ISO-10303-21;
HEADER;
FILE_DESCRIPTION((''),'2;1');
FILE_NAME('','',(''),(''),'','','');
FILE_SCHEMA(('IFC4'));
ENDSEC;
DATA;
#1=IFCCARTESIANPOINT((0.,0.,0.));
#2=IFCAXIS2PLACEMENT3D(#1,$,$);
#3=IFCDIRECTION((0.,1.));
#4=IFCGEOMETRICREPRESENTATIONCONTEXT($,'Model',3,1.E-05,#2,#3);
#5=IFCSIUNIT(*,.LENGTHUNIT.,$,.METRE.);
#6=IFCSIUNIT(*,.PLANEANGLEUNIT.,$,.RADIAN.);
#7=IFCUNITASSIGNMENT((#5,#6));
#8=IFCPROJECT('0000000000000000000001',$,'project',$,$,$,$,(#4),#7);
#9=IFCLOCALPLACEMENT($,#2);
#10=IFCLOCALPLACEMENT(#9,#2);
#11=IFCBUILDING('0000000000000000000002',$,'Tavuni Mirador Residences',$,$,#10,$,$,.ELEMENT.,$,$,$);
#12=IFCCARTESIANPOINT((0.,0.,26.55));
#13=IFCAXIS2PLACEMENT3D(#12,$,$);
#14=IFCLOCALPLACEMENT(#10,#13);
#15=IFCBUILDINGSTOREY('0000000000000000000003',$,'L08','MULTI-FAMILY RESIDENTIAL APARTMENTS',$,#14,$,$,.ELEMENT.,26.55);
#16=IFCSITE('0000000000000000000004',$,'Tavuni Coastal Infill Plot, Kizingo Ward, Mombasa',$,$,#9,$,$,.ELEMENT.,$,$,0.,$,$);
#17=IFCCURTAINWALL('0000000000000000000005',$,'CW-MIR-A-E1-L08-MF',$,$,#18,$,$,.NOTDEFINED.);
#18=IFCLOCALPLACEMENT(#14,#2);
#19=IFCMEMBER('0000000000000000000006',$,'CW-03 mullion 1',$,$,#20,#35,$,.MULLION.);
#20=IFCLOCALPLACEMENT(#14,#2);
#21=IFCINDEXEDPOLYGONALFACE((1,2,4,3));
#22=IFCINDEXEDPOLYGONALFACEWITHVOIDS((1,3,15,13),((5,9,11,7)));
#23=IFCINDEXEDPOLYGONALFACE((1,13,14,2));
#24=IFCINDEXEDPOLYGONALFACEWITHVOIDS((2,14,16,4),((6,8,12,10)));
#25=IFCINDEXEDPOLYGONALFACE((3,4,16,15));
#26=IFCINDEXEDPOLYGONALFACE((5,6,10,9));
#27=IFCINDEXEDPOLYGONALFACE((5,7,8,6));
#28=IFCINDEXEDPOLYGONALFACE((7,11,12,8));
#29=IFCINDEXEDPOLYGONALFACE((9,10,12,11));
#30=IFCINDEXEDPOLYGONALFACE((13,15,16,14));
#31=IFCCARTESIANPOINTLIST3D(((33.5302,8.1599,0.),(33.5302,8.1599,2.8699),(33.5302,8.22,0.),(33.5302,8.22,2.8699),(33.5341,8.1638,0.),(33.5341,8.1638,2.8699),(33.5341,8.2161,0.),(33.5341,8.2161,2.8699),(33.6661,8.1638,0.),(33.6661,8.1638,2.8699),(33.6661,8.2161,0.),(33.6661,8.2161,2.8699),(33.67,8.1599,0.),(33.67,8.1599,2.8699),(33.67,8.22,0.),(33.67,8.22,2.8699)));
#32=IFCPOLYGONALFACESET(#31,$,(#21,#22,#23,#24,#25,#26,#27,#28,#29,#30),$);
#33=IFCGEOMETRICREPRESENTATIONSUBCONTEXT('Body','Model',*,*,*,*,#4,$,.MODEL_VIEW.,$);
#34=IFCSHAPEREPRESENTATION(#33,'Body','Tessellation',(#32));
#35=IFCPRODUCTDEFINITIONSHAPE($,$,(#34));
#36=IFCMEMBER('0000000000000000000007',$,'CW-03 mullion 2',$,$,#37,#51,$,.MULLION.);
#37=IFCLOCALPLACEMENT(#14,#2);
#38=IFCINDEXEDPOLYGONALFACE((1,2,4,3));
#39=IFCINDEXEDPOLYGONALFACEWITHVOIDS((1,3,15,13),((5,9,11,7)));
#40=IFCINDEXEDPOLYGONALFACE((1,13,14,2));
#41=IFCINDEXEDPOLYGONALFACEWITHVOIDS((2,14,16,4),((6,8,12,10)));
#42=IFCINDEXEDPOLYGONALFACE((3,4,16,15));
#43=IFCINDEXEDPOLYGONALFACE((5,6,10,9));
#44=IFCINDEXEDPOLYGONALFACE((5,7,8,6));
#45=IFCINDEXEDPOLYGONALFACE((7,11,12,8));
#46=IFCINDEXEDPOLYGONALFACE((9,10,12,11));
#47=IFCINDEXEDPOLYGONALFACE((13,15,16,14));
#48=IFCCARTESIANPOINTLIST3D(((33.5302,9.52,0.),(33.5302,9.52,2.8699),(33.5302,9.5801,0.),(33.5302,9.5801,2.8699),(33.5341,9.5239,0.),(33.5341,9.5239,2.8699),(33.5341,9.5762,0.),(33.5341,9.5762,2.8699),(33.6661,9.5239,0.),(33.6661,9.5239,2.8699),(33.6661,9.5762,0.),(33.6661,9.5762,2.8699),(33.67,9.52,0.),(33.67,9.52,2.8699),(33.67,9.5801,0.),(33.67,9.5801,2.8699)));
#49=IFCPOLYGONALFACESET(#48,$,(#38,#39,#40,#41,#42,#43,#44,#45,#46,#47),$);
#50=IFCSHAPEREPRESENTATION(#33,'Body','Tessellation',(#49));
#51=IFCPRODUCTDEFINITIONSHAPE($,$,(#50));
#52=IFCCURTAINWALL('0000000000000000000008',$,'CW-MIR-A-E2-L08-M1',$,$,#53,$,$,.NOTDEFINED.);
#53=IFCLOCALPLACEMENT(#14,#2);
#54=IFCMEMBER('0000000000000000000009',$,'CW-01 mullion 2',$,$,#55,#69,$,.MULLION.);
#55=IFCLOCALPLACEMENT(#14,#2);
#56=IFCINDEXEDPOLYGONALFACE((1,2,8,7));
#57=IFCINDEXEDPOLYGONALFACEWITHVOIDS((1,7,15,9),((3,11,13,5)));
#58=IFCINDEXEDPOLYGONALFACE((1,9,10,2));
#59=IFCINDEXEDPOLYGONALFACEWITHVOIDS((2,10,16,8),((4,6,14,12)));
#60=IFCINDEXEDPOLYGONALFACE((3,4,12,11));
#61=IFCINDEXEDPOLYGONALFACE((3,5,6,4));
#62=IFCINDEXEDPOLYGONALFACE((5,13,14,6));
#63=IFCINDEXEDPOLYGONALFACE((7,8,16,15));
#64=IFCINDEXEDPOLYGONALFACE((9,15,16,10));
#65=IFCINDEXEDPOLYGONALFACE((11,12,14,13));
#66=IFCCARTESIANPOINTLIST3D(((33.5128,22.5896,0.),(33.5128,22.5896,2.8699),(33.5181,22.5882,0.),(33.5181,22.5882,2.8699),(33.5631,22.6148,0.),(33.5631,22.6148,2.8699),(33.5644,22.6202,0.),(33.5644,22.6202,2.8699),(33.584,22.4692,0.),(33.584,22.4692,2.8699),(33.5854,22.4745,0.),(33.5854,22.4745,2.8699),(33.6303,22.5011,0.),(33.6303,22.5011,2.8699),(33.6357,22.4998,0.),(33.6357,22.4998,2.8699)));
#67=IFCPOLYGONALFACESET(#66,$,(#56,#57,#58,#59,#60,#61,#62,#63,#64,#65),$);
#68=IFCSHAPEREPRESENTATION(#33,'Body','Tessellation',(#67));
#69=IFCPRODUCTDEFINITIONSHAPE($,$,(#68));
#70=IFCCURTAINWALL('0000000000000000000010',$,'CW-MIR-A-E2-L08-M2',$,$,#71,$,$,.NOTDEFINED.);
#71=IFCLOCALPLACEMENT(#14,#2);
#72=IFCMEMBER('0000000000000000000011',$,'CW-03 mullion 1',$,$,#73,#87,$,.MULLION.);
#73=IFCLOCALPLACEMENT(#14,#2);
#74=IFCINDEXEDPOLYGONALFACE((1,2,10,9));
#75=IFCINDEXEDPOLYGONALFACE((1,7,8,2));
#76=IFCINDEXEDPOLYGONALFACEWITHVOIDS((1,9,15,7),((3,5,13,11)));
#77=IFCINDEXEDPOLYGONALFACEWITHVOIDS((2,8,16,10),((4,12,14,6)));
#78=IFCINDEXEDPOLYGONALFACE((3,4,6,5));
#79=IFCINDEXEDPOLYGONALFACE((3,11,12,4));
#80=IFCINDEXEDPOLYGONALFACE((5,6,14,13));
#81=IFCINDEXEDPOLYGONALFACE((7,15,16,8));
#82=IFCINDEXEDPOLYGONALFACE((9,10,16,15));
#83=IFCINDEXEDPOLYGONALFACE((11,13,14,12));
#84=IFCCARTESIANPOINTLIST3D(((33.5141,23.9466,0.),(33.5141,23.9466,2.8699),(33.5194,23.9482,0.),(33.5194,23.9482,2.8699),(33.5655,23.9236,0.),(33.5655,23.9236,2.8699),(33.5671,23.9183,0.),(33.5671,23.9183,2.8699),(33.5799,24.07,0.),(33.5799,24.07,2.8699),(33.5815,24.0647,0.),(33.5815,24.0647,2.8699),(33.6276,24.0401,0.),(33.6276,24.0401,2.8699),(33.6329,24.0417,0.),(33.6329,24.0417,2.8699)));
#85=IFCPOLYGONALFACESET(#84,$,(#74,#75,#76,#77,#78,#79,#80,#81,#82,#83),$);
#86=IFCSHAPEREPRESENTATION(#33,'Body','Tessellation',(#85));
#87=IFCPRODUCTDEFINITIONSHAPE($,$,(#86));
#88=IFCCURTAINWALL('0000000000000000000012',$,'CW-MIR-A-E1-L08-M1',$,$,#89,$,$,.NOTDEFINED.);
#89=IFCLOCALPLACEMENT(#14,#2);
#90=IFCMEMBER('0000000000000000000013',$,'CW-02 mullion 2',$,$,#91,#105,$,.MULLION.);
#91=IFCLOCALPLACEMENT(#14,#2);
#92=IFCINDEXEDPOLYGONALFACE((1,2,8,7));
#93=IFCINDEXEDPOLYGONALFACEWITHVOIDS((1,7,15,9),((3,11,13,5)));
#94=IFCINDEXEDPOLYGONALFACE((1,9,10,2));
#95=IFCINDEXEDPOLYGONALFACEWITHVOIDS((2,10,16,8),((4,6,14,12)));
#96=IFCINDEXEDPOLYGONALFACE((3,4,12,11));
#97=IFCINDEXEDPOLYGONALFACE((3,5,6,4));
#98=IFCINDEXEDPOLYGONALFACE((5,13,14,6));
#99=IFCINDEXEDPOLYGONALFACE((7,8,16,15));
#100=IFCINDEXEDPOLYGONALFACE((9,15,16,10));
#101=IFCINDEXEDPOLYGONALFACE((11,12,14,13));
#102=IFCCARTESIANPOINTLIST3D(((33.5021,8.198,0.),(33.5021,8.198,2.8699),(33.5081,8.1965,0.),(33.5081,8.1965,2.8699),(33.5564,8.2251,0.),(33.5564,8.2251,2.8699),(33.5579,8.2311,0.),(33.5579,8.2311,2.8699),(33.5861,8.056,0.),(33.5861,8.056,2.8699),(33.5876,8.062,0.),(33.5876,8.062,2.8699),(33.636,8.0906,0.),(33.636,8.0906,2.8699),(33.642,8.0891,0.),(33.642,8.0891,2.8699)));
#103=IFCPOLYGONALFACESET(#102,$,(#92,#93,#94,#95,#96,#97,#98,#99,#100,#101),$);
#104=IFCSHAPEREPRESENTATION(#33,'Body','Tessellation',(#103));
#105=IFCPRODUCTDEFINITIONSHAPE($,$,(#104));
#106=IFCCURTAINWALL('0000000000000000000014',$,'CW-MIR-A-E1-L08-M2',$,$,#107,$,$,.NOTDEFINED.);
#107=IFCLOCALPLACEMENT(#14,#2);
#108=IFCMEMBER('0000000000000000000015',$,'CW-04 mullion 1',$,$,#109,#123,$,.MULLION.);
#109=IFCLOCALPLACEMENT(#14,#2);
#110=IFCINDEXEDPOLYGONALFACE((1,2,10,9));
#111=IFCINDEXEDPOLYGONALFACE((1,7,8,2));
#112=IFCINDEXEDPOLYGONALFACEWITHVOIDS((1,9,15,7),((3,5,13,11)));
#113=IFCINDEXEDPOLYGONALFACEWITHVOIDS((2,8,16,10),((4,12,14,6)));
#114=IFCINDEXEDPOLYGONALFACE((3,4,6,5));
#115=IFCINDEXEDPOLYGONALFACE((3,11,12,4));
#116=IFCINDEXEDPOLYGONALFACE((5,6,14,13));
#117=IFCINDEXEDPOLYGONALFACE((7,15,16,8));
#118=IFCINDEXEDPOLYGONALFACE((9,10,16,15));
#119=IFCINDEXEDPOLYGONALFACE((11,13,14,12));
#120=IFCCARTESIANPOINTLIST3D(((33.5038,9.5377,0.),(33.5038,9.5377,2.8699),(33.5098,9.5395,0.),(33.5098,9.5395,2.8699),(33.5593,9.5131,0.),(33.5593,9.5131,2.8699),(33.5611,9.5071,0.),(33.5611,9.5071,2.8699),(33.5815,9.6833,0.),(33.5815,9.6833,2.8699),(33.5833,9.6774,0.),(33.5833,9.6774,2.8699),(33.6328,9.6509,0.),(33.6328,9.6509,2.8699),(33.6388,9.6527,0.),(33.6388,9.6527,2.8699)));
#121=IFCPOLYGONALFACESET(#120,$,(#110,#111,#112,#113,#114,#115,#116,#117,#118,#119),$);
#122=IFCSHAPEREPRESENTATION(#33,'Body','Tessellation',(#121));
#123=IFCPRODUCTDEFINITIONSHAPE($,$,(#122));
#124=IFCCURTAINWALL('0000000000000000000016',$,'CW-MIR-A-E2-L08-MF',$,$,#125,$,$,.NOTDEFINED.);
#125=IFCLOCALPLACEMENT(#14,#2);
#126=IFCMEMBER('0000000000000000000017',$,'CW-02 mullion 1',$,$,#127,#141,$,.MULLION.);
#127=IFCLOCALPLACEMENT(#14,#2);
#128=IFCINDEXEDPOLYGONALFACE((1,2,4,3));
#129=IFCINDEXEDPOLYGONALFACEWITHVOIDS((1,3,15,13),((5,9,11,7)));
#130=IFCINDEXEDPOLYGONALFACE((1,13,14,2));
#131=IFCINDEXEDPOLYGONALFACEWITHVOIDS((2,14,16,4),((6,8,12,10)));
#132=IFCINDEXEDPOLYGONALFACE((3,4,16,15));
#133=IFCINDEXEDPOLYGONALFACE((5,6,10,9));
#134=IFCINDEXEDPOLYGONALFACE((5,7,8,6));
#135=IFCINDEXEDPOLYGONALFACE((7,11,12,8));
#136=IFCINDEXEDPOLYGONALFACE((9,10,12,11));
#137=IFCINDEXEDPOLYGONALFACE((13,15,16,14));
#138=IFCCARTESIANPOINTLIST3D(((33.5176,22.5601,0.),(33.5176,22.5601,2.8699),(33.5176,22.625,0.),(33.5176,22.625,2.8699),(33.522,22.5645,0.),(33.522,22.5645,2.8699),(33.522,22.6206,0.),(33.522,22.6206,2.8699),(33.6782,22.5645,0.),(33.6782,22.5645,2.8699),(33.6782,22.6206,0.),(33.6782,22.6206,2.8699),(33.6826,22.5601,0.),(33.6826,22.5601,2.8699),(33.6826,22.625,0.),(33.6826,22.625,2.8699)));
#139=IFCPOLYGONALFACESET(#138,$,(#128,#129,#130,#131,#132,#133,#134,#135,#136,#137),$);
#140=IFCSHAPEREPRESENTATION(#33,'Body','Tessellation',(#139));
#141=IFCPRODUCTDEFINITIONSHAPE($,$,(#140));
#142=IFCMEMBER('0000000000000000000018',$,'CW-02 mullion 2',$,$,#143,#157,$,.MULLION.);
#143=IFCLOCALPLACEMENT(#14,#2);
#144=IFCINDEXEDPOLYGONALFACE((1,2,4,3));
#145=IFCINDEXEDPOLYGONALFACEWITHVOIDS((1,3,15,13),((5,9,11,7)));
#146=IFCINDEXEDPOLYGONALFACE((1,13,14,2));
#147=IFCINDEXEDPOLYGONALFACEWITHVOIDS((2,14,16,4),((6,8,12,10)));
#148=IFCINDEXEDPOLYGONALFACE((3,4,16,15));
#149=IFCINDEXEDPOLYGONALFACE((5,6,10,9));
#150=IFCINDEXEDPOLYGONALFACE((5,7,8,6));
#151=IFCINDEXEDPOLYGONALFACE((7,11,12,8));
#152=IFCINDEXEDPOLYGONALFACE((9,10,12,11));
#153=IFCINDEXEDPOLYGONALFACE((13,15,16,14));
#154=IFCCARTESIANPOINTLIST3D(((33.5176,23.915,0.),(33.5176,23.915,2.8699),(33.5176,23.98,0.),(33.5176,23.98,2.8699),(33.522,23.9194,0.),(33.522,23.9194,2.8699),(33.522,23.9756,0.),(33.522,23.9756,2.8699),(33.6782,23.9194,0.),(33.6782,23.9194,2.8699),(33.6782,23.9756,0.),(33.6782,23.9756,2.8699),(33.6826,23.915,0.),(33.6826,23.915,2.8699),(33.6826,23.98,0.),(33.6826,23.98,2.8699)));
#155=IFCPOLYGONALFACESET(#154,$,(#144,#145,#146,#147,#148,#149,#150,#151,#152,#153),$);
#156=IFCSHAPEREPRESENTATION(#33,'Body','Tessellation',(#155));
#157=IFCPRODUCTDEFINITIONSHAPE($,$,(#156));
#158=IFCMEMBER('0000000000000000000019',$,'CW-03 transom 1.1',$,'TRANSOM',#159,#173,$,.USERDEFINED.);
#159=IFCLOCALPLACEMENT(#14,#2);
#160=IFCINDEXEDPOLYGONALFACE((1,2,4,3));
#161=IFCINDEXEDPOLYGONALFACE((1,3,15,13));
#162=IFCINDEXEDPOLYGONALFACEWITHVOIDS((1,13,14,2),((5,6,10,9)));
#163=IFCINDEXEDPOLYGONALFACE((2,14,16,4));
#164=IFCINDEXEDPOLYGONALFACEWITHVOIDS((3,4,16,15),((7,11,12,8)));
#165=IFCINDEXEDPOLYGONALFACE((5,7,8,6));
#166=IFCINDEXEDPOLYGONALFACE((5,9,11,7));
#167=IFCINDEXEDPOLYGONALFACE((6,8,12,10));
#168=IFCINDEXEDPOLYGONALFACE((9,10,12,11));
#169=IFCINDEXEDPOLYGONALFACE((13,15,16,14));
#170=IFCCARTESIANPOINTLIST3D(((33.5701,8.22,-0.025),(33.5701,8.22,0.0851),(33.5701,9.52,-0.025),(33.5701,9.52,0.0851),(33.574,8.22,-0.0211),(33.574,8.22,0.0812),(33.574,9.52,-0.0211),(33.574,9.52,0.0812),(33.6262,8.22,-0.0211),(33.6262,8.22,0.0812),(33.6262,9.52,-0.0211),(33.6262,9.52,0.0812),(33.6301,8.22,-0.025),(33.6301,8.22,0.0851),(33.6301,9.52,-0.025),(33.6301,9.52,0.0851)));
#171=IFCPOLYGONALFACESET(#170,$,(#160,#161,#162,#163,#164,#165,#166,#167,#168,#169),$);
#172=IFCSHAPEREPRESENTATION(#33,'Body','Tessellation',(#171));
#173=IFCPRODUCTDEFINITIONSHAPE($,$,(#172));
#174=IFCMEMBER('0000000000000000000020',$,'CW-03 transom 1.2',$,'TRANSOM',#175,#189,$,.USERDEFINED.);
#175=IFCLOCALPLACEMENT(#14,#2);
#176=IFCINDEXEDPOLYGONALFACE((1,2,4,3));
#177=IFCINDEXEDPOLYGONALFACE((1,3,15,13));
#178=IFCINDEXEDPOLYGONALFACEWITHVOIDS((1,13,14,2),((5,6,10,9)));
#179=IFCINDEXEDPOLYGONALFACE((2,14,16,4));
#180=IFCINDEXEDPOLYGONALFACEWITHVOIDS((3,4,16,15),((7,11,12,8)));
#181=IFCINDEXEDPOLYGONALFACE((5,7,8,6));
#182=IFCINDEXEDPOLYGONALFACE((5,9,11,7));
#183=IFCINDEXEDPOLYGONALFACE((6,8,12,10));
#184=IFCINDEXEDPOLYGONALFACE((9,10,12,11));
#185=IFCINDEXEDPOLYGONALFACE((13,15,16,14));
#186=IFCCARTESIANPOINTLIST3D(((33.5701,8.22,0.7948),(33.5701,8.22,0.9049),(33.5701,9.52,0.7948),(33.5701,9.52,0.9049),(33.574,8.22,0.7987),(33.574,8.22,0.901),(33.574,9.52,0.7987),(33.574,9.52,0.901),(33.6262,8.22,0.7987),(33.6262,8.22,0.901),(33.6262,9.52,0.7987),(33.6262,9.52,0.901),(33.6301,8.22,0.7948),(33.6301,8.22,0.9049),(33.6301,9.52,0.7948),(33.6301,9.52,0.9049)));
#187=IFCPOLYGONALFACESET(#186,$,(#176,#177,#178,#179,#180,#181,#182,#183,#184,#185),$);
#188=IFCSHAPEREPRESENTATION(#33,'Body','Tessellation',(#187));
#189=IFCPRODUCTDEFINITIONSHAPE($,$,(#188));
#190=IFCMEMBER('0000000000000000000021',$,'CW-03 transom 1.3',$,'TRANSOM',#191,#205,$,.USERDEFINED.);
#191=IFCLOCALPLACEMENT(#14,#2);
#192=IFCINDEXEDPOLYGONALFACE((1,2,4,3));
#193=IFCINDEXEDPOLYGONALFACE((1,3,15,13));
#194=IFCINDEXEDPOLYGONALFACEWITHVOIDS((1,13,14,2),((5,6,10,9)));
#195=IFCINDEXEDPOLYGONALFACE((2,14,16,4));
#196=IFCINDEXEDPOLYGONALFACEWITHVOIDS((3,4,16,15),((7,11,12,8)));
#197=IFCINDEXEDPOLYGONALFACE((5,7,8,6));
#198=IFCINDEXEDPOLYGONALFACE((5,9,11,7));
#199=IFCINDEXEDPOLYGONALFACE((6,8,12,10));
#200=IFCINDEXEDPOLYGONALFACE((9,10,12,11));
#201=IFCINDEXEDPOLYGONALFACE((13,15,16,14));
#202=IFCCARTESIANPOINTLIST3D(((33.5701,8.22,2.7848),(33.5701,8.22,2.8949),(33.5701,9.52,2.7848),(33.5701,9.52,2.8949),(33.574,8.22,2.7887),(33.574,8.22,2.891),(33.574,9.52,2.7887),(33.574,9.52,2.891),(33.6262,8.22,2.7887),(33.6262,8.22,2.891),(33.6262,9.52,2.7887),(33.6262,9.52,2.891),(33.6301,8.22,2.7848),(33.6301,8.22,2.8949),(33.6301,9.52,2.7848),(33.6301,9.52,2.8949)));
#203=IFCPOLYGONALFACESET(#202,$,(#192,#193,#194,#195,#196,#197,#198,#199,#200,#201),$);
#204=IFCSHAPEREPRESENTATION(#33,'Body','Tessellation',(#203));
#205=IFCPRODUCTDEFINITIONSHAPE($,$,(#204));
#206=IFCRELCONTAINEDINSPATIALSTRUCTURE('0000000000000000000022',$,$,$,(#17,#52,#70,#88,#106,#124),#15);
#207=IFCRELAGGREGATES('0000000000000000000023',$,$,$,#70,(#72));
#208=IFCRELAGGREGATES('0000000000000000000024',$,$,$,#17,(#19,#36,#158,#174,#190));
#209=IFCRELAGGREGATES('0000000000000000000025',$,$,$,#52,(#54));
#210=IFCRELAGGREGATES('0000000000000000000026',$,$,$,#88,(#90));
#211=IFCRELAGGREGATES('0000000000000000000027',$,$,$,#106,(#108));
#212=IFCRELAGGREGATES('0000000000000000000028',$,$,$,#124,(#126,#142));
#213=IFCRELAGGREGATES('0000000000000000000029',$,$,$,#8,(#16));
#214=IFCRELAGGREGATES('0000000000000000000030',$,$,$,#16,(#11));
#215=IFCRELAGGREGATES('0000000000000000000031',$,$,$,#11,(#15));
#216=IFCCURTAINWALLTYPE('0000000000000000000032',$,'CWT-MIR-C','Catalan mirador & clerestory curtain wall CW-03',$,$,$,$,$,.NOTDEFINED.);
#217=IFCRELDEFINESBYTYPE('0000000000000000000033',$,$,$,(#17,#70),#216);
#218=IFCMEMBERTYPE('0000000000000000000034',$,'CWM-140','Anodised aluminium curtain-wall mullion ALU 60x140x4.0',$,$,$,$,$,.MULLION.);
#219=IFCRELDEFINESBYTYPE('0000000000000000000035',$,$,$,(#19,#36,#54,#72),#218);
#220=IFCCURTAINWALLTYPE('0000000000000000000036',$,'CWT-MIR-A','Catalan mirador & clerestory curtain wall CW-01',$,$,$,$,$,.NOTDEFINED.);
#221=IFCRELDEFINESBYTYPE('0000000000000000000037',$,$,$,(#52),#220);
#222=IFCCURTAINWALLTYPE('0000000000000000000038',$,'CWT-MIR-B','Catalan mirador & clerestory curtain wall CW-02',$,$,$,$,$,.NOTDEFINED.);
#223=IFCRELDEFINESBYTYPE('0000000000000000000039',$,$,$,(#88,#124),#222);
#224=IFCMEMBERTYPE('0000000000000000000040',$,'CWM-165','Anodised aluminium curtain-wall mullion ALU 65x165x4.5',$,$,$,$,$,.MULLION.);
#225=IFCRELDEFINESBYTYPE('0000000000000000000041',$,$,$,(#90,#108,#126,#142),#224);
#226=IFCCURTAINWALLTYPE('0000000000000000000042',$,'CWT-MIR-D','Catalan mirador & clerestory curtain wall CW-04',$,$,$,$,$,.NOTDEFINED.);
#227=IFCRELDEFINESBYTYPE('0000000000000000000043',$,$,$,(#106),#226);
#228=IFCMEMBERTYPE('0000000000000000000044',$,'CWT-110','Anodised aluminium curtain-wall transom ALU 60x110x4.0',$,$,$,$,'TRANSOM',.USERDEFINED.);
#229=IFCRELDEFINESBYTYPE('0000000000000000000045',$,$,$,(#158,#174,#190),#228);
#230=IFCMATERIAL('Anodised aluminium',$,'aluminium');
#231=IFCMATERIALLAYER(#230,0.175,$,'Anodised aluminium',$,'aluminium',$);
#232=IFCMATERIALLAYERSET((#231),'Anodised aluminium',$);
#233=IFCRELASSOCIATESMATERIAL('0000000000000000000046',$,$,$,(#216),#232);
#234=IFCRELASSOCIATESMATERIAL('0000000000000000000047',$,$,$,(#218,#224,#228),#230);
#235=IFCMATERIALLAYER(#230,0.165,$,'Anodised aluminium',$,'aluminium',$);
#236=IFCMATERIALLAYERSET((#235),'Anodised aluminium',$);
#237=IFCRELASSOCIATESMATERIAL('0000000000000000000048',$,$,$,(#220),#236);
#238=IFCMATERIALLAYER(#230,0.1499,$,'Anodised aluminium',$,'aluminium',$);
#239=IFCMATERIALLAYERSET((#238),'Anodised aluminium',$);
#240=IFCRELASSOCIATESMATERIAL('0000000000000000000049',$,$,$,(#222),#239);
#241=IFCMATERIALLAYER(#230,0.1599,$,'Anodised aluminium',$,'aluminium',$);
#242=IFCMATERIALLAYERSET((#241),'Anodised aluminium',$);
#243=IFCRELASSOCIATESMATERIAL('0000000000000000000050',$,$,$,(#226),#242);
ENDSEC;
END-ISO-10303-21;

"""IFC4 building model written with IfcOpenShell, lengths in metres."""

from ifc_helpers import new_model, si_unit, direction, frame, origin, origin_2d, place, context, subcontext, project, spatial, hollow_rectangle, extrude, material, layer, layer_set, material_profile, profile_set, type_object, element, aggregate, save


model = new_model("IFC4")

# Units and contexts
model_context = context("Model", 3, precision=1e-05, world=origin(), true_north=direction((0.0, 1.0)))
body_context = subcontext(model_context, "Body", "Model", "MODEL_VIEW")
ifc_project = project(units=[si_unit("LENGTHUNIT", "METRE"), si_unit("PLANEANGLEUNIT", "RADIAN")], contexts=[model_context])

# Site, building, storey
site_placement = place(None, origin())
site = spatial("IfcSite", under=ifc_project, at=site_placement, Name="Tavuni Coastal Infill Plot, Kizingo Ward, Mombasa", CompositionType="ELEMENT", RefElevation=0.0)
building_placement = place(site_placement, origin())
building = spatial("IfcBuilding", under=site, at=building_placement, Name="Tavuni Mirador Residences", CompositionType="ELEMENT")
storey_placement = place(building_placement, frame((0.0, 0.0, 26.55)))
storey = spatial("IfcBuildingStorey", under=building, at=storey_placement, Name="L08", Description="MULTI-FAMILY RESIDENTIAL APARTMENTS", CompositionType="ELEMENT", Elevation=26.55)

# Curtain wall, members
ifc_material_1 = material(Name="Anodised aluminium", Category="aluminium")
ifc_layer_1 = layer(ifc_material_1, 0.175, Name="Anodised aluminium", Category="aluminium")
ifc_layer_set_1 = layer_set([ifc_layer_1], Name="Anodised aluminium")
curtain_wall_type_1 = type_object("IfcCurtainWallType", Name="CWT-MIR-C", Description="Catalan mirador & clerestory curtain wall CW-03", PredefinedType="NOTDEFINED", material=ifc_layer_set_1)
curtain_wall_1_placement = place(storey_placement, origin())
curtain_wall_1 = element("IfcCurtainWall", 1, at=curtain_wall_1_placement, inside=storey, type_object=curtain_wall_type_1, Name="CW-MIR-A-E1-L08-MF", PredefinedType="NOTDEFINED")
ifc_material_profile_1 = material_profile(ifc_material_1, hollow_rectangle(XDim=0.0601, YDim=0.1399, WallThickness=0.0039, at=origin_2d()), Name="ALU 60x140x4.0", Category="aluminium")
ifc_profile_set_1 = profile_set([ifc_material_profile_1], Name="Anodised aluminium")
member_type_1 = type_object("IfcMemberType", Name="CWM-140", Description="Anodised aluminium curtain-wall mullion ALU 60x140x4.0", PredefinedType="MULLION", material=ifc_profile_set_1)
member_1_placement = place(storey_placement, frame((33.6001, 8.1899, 0.0), z_axis=(0.0, 0.0, 1.0), x_axis=(0.0, 1.0, 0.0)))
member_1 = element("IfcMember", 2, at=member_1_placement, type_object=member_type_1, Name="CW-03 mullion 1", PredefinedType="MULLION", context=body_context, shape_type="SweptSolid", body=[
    extrude(hollow_rectangle(XDim=0.0601, YDim=0.1399, WallThickness=0.0039, at=origin_2d()), origin(), (0.0, 0.0, 1.0), 2.8699),
])
member_2_placement = place(storey_placement, frame((33.6001, 9.55, 0.0), z_axis=(0.0, 0.0, 1.0), x_axis=(0.0, 1.0, 0.0)))
member_2 = element("IfcMember", 3, at=member_2_placement, type_object=member_type_1, Name="CW-03 mullion 2", PredefinedType="MULLION", context=body_context, shape_type="SweptSolid", body=[
    extrude(hollow_rectangle(XDim=0.0601, YDim=0.1399, WallThickness=0.0039, at=origin_2d()), origin(), (0.0, 0.0, 1.0), 2.8699),
])

# Curtain walls, members
ifc_layer_2 = layer(ifc_material_1, 0.165, Name="Anodised aluminium", Category="aluminium")
ifc_layer_set_2 = layer_set([ifc_layer_2], Name="Anodised aluminium")
curtain_wall_type_2 = type_object("IfcCurtainWallType", Name="CWT-MIR-A", Description="Catalan mirador & clerestory curtain wall CW-01", PredefinedType="NOTDEFINED", material=ifc_layer_set_2)
curtain_wall_2_placement = place(storey_placement, origin())
curtain_wall_2 = element("IfcCurtainWall", 4, at=curtain_wall_2_placement, inside=storey, type_object=curtain_wall_type_2, Name="CW-MIR-A-E2-L08-M1", PredefinedType="NOTDEFINED")
member_3_placement = place(storey_placement, frame((33.5742, 22.5447, 0.0), z_axis=(0.0, 0.0, 1.0), x_axis=(0.860641, 0.509212, 0.0)))
member_3 = element("IfcMember", 5, at=member_3_placement, type_object=member_type_1, Name="CW-01 mullion 2", PredefinedType="MULLION", context=body_context, shape_type="SweptSolid", body=[
    extrude(hollow_rectangle(XDim=0.0601, YDim=0.1399, WallThickness=0.0039, at=origin_2d()), origin(), (0.0, 0.0, 1.0), 2.8699),
])
curtain_wall_3_placement = place(storey_placement, origin())
curtain_wall_3 = element("IfcCurtainWall", 6, at=curtain_wall_3_placement, inside=storey, type_object=curtain_wall_type_1, Name="CW-MIR-A-E2-L08-M2", PredefinedType="NOTDEFINED")
member_4_placement = place(storey_placement, frame((33.5735, 23.9941, 0.0), z_axis=(0.0, 0.0, 1.0), x_axis=(-0.882353, 0.470588, 0.0)))
member_4 = element("IfcMember", 7, at=member_4_placement, type_object=member_type_1, Name="CW-03 mullion 1", PredefinedType="MULLION", context=body_context, shape_type="SweptSolid", body=[
    extrude(hollow_rectangle(XDim=0.0601, YDim=0.1399, WallThickness=0.0039, at=origin_2d()), origin(), (0.0, 0.0, 1.0), 2.8699),
])
ifc_layer_3 = layer(ifc_material_1, 0.1499, Name="Anodised aluminium", Category="aluminium")
ifc_layer_set_3 = layer_set([ifc_layer_3], Name="Anodised aluminium")
curtain_wall_type_3 = type_object("IfcCurtainWallType", Name="CWT-MIR-B", Description="Catalan mirador & clerestory curtain wall CW-02", PredefinedType="NOTDEFINED", material=ifc_layer_set_3)
curtain_wall_4_placement = place(storey_placement, origin())
curtain_wall_4 = element("IfcCurtainWall", 8, at=curtain_wall_4_placement, inside=storey, type_object=curtain_wall_type_3, Name="CW-MIR-A-E1-L08-M1", PredefinedType="NOTDEFINED")
ifc_material_profile_2 = material_profile(ifc_material_1, hollow_rectangle(XDim=0.0649, YDim=0.165, WallThickness=0.0044, at=origin_2d()), Name="ALU 65x165x4.5", Category="aluminium")
ifc_profile_set_2 = profile_set([ifc_material_profile_2], Name="Anodised aluminium")
member_type_2 = type_object("IfcMemberType", Name="CWM-165", Description="Anodised aluminium curtain-wall mullion ALU 65x165x4.5", PredefinedType="MULLION", material=ifc_profile_set_2)
member_5_placement = place(storey_placement, frame((33.572, 8.1436, 0.0), z_axis=(0.0, 0.0, 1.0), x_axis=(0.860641, 0.509212, 0.0)))
member_5 = element("IfcMember", 9, at=member_5_placement, type_object=member_type_2, Name="CW-02 mullion 2", PredefinedType="MULLION", context=body_context, shape_type="SweptSolid", body=[
    extrude(hollow_rectangle(XDim=0.0649, YDim=0.165, WallThickness=0.0044, at=origin_2d()), origin(), (0.0, 0.0, 1.0), 2.8699),
])
ifc_layer_4 = layer(ifc_material_1, 0.1599, Name="Anodised aluminium", Category="aluminium")
ifc_layer_set_4 = layer_set([ifc_layer_4], Name="Anodised aluminium")
curtain_wall_type_4 = type_object("IfcCurtainWallType", Name="CWT-MIR-D", Description="Catalan mirador & clerestory curtain wall CW-04", PredefinedType="NOTDEFINED", material=ifc_layer_set_4)
curtain_wall_5_placement = place(storey_placement, origin())
curtain_wall_5 = element("IfcCurtainWall", 10, at=curtain_wall_5_placement, inside=storey, type_object=curtain_wall_type_4, Name="CW-MIR-A-E1-L08-M2", PredefinedType="NOTDEFINED")
member_6_placement = place(storey_placement, frame((33.5713, 9.5952, 0.0), z_axis=(0.0, 0.0, 1.0), x_axis=(-0.882353, 0.470588, 0.0)))
member_6 = element("IfcMember", 11, at=member_6_placement, type_object=member_type_2, Name="CW-04 mullion 1", PredefinedType="MULLION", context=body_context, shape_type="SweptSolid", body=[
    extrude(hollow_rectangle(XDim=0.0649, YDim=0.165, WallThickness=0.0044, at=origin_2d()), origin(), (0.0, 0.0, 1.0), 2.8699),
])

# Curtain wall, members
curtain_wall_6_placement = place(storey_placement, origin())
curtain_wall_6 = element("IfcCurtainWall", 12, at=curtain_wall_6_placement, inside=storey, type_object=curtain_wall_type_3, Name="CW-MIR-A-E2-L08-MF", PredefinedType="NOTDEFINED")
member_7_placement = place(storey_placement, frame((33.6001, 22.5925, 0.0), z_axis=(0.0, 0.0, 1.0), x_axis=(0.0, 1.0, 0.0)))
member_7 = element("IfcMember", 13, at=member_7_placement, type_object=member_type_2, Name="CW-02 mullion 1", PredefinedType="MULLION", context=body_context, shape_type="SweptSolid", body=[
    extrude(hollow_rectangle(XDim=0.0649, YDim=0.165, WallThickness=0.0044, at=origin_2d()), origin(), (0.0, 0.0, 1.0), 2.8699),
])
member_8_placement = place(storey_placement, frame((33.6001, 23.9475, 0.0), z_axis=(0.0, 0.0, 1.0), x_axis=(0.0, 1.0, 0.0)))
member_8 = element("IfcMember", 14, at=member_8_placement, type_object=member_type_2, Name="CW-02 mullion 2", PredefinedType="MULLION", context=body_context, shape_type="SweptSolid", body=[
    extrude(hollow_rectangle(XDim=0.0649, YDim=0.165, WallThickness=0.0044, at=origin_2d()), origin(), (0.0, 0.0, 1.0), 2.8699),
])

# Members
ifc_material_profile_3 = material_profile(ifc_material_1, hollow_rectangle(XDim=0.0601, YDim=0.1101, WallThickness=0.0039, at=origin_2d()), Name="ALU 60x110x4.0", Category="aluminium")
ifc_profile_set_3 = profile_set([ifc_material_profile_3], Name="Anodised aluminium")
member_type_3 = type_object("IfcMemberType", Name="CWT-110", Description="Anodised aluminium curtain-wall transom ALU 60x110x4.0", ElementType="TRANSOM", PredefinedType="USERDEFINED", material=ifc_profile_set_3)
member_9_placement = place(storey_placement, frame((33.6001, 8.22, 0.03), z_axis=(0.0, 1.0, 0.0), x_axis=(-1.0, 0.0, 0.0)))
member_9 = element("IfcMember", 15, at=member_9_placement, type_object=member_type_3, Name="CW-03 transom 1.1", ObjectType="TRANSOM", PredefinedType="USERDEFINED", context=body_context, shape_type="SweptSolid", body=[
    extrude(hollow_rectangle(XDim=0.0601, YDim=0.1101, WallThickness=0.0039, at=origin_2d()), origin(), (0.0, 0.0, 1.0), 1.3),
])
member_10_placement = place(storey_placement, frame((33.6001, 8.22, 0.8499), z_axis=(0.0, 1.0, 0.0), x_axis=(-1.0, 0.0, 0.0)))
member_10 = element("IfcMember", 16, at=member_10_placement, type_object=member_type_3, Name="CW-03 transom 1.2", ObjectType="TRANSOM", PredefinedType="USERDEFINED", context=body_context, shape_type="SweptSolid", body=[
    extrude(hollow_rectangle(XDim=0.0601, YDim=0.1101, WallThickness=0.0039, at=origin_2d()), origin(), (0.0, 0.0, 1.0), 1.3),
])
member_11_placement = place(storey_placement, frame((33.6001, 8.22, 2.8398), z_axis=(0.0, 1.0, 0.0), x_axis=(-1.0, 0.0, 0.0)))
member_11 = element("IfcMember", 17, at=member_11_placement, type_object=member_type_3, Name="CW-03 transom 1.3", ObjectType="TRANSOM", PredefinedType="USERDEFINED", context=body_context, shape_type="SweptSolid", body=[
    extrude(hollow_rectangle(XDim=0.0601, YDim=0.1101, WallThickness=0.0039, at=origin_2d()), origin(), (0.0, 0.0, 1.0), 1.3),
])
aggregate(curtain_wall_3, [member_4])

aggregate(curtain_wall_1, [member_1, member_2, member_9, member_10, member_11])
aggregate(curtain_wall_2, [member_3])
aggregate(curtain_wall_4, [member_5])
aggregate(curtain_wall_5, [member_6])
aggregate(curtain_wall_6, [member_7, member_8])

save(model, "model.ifc")
